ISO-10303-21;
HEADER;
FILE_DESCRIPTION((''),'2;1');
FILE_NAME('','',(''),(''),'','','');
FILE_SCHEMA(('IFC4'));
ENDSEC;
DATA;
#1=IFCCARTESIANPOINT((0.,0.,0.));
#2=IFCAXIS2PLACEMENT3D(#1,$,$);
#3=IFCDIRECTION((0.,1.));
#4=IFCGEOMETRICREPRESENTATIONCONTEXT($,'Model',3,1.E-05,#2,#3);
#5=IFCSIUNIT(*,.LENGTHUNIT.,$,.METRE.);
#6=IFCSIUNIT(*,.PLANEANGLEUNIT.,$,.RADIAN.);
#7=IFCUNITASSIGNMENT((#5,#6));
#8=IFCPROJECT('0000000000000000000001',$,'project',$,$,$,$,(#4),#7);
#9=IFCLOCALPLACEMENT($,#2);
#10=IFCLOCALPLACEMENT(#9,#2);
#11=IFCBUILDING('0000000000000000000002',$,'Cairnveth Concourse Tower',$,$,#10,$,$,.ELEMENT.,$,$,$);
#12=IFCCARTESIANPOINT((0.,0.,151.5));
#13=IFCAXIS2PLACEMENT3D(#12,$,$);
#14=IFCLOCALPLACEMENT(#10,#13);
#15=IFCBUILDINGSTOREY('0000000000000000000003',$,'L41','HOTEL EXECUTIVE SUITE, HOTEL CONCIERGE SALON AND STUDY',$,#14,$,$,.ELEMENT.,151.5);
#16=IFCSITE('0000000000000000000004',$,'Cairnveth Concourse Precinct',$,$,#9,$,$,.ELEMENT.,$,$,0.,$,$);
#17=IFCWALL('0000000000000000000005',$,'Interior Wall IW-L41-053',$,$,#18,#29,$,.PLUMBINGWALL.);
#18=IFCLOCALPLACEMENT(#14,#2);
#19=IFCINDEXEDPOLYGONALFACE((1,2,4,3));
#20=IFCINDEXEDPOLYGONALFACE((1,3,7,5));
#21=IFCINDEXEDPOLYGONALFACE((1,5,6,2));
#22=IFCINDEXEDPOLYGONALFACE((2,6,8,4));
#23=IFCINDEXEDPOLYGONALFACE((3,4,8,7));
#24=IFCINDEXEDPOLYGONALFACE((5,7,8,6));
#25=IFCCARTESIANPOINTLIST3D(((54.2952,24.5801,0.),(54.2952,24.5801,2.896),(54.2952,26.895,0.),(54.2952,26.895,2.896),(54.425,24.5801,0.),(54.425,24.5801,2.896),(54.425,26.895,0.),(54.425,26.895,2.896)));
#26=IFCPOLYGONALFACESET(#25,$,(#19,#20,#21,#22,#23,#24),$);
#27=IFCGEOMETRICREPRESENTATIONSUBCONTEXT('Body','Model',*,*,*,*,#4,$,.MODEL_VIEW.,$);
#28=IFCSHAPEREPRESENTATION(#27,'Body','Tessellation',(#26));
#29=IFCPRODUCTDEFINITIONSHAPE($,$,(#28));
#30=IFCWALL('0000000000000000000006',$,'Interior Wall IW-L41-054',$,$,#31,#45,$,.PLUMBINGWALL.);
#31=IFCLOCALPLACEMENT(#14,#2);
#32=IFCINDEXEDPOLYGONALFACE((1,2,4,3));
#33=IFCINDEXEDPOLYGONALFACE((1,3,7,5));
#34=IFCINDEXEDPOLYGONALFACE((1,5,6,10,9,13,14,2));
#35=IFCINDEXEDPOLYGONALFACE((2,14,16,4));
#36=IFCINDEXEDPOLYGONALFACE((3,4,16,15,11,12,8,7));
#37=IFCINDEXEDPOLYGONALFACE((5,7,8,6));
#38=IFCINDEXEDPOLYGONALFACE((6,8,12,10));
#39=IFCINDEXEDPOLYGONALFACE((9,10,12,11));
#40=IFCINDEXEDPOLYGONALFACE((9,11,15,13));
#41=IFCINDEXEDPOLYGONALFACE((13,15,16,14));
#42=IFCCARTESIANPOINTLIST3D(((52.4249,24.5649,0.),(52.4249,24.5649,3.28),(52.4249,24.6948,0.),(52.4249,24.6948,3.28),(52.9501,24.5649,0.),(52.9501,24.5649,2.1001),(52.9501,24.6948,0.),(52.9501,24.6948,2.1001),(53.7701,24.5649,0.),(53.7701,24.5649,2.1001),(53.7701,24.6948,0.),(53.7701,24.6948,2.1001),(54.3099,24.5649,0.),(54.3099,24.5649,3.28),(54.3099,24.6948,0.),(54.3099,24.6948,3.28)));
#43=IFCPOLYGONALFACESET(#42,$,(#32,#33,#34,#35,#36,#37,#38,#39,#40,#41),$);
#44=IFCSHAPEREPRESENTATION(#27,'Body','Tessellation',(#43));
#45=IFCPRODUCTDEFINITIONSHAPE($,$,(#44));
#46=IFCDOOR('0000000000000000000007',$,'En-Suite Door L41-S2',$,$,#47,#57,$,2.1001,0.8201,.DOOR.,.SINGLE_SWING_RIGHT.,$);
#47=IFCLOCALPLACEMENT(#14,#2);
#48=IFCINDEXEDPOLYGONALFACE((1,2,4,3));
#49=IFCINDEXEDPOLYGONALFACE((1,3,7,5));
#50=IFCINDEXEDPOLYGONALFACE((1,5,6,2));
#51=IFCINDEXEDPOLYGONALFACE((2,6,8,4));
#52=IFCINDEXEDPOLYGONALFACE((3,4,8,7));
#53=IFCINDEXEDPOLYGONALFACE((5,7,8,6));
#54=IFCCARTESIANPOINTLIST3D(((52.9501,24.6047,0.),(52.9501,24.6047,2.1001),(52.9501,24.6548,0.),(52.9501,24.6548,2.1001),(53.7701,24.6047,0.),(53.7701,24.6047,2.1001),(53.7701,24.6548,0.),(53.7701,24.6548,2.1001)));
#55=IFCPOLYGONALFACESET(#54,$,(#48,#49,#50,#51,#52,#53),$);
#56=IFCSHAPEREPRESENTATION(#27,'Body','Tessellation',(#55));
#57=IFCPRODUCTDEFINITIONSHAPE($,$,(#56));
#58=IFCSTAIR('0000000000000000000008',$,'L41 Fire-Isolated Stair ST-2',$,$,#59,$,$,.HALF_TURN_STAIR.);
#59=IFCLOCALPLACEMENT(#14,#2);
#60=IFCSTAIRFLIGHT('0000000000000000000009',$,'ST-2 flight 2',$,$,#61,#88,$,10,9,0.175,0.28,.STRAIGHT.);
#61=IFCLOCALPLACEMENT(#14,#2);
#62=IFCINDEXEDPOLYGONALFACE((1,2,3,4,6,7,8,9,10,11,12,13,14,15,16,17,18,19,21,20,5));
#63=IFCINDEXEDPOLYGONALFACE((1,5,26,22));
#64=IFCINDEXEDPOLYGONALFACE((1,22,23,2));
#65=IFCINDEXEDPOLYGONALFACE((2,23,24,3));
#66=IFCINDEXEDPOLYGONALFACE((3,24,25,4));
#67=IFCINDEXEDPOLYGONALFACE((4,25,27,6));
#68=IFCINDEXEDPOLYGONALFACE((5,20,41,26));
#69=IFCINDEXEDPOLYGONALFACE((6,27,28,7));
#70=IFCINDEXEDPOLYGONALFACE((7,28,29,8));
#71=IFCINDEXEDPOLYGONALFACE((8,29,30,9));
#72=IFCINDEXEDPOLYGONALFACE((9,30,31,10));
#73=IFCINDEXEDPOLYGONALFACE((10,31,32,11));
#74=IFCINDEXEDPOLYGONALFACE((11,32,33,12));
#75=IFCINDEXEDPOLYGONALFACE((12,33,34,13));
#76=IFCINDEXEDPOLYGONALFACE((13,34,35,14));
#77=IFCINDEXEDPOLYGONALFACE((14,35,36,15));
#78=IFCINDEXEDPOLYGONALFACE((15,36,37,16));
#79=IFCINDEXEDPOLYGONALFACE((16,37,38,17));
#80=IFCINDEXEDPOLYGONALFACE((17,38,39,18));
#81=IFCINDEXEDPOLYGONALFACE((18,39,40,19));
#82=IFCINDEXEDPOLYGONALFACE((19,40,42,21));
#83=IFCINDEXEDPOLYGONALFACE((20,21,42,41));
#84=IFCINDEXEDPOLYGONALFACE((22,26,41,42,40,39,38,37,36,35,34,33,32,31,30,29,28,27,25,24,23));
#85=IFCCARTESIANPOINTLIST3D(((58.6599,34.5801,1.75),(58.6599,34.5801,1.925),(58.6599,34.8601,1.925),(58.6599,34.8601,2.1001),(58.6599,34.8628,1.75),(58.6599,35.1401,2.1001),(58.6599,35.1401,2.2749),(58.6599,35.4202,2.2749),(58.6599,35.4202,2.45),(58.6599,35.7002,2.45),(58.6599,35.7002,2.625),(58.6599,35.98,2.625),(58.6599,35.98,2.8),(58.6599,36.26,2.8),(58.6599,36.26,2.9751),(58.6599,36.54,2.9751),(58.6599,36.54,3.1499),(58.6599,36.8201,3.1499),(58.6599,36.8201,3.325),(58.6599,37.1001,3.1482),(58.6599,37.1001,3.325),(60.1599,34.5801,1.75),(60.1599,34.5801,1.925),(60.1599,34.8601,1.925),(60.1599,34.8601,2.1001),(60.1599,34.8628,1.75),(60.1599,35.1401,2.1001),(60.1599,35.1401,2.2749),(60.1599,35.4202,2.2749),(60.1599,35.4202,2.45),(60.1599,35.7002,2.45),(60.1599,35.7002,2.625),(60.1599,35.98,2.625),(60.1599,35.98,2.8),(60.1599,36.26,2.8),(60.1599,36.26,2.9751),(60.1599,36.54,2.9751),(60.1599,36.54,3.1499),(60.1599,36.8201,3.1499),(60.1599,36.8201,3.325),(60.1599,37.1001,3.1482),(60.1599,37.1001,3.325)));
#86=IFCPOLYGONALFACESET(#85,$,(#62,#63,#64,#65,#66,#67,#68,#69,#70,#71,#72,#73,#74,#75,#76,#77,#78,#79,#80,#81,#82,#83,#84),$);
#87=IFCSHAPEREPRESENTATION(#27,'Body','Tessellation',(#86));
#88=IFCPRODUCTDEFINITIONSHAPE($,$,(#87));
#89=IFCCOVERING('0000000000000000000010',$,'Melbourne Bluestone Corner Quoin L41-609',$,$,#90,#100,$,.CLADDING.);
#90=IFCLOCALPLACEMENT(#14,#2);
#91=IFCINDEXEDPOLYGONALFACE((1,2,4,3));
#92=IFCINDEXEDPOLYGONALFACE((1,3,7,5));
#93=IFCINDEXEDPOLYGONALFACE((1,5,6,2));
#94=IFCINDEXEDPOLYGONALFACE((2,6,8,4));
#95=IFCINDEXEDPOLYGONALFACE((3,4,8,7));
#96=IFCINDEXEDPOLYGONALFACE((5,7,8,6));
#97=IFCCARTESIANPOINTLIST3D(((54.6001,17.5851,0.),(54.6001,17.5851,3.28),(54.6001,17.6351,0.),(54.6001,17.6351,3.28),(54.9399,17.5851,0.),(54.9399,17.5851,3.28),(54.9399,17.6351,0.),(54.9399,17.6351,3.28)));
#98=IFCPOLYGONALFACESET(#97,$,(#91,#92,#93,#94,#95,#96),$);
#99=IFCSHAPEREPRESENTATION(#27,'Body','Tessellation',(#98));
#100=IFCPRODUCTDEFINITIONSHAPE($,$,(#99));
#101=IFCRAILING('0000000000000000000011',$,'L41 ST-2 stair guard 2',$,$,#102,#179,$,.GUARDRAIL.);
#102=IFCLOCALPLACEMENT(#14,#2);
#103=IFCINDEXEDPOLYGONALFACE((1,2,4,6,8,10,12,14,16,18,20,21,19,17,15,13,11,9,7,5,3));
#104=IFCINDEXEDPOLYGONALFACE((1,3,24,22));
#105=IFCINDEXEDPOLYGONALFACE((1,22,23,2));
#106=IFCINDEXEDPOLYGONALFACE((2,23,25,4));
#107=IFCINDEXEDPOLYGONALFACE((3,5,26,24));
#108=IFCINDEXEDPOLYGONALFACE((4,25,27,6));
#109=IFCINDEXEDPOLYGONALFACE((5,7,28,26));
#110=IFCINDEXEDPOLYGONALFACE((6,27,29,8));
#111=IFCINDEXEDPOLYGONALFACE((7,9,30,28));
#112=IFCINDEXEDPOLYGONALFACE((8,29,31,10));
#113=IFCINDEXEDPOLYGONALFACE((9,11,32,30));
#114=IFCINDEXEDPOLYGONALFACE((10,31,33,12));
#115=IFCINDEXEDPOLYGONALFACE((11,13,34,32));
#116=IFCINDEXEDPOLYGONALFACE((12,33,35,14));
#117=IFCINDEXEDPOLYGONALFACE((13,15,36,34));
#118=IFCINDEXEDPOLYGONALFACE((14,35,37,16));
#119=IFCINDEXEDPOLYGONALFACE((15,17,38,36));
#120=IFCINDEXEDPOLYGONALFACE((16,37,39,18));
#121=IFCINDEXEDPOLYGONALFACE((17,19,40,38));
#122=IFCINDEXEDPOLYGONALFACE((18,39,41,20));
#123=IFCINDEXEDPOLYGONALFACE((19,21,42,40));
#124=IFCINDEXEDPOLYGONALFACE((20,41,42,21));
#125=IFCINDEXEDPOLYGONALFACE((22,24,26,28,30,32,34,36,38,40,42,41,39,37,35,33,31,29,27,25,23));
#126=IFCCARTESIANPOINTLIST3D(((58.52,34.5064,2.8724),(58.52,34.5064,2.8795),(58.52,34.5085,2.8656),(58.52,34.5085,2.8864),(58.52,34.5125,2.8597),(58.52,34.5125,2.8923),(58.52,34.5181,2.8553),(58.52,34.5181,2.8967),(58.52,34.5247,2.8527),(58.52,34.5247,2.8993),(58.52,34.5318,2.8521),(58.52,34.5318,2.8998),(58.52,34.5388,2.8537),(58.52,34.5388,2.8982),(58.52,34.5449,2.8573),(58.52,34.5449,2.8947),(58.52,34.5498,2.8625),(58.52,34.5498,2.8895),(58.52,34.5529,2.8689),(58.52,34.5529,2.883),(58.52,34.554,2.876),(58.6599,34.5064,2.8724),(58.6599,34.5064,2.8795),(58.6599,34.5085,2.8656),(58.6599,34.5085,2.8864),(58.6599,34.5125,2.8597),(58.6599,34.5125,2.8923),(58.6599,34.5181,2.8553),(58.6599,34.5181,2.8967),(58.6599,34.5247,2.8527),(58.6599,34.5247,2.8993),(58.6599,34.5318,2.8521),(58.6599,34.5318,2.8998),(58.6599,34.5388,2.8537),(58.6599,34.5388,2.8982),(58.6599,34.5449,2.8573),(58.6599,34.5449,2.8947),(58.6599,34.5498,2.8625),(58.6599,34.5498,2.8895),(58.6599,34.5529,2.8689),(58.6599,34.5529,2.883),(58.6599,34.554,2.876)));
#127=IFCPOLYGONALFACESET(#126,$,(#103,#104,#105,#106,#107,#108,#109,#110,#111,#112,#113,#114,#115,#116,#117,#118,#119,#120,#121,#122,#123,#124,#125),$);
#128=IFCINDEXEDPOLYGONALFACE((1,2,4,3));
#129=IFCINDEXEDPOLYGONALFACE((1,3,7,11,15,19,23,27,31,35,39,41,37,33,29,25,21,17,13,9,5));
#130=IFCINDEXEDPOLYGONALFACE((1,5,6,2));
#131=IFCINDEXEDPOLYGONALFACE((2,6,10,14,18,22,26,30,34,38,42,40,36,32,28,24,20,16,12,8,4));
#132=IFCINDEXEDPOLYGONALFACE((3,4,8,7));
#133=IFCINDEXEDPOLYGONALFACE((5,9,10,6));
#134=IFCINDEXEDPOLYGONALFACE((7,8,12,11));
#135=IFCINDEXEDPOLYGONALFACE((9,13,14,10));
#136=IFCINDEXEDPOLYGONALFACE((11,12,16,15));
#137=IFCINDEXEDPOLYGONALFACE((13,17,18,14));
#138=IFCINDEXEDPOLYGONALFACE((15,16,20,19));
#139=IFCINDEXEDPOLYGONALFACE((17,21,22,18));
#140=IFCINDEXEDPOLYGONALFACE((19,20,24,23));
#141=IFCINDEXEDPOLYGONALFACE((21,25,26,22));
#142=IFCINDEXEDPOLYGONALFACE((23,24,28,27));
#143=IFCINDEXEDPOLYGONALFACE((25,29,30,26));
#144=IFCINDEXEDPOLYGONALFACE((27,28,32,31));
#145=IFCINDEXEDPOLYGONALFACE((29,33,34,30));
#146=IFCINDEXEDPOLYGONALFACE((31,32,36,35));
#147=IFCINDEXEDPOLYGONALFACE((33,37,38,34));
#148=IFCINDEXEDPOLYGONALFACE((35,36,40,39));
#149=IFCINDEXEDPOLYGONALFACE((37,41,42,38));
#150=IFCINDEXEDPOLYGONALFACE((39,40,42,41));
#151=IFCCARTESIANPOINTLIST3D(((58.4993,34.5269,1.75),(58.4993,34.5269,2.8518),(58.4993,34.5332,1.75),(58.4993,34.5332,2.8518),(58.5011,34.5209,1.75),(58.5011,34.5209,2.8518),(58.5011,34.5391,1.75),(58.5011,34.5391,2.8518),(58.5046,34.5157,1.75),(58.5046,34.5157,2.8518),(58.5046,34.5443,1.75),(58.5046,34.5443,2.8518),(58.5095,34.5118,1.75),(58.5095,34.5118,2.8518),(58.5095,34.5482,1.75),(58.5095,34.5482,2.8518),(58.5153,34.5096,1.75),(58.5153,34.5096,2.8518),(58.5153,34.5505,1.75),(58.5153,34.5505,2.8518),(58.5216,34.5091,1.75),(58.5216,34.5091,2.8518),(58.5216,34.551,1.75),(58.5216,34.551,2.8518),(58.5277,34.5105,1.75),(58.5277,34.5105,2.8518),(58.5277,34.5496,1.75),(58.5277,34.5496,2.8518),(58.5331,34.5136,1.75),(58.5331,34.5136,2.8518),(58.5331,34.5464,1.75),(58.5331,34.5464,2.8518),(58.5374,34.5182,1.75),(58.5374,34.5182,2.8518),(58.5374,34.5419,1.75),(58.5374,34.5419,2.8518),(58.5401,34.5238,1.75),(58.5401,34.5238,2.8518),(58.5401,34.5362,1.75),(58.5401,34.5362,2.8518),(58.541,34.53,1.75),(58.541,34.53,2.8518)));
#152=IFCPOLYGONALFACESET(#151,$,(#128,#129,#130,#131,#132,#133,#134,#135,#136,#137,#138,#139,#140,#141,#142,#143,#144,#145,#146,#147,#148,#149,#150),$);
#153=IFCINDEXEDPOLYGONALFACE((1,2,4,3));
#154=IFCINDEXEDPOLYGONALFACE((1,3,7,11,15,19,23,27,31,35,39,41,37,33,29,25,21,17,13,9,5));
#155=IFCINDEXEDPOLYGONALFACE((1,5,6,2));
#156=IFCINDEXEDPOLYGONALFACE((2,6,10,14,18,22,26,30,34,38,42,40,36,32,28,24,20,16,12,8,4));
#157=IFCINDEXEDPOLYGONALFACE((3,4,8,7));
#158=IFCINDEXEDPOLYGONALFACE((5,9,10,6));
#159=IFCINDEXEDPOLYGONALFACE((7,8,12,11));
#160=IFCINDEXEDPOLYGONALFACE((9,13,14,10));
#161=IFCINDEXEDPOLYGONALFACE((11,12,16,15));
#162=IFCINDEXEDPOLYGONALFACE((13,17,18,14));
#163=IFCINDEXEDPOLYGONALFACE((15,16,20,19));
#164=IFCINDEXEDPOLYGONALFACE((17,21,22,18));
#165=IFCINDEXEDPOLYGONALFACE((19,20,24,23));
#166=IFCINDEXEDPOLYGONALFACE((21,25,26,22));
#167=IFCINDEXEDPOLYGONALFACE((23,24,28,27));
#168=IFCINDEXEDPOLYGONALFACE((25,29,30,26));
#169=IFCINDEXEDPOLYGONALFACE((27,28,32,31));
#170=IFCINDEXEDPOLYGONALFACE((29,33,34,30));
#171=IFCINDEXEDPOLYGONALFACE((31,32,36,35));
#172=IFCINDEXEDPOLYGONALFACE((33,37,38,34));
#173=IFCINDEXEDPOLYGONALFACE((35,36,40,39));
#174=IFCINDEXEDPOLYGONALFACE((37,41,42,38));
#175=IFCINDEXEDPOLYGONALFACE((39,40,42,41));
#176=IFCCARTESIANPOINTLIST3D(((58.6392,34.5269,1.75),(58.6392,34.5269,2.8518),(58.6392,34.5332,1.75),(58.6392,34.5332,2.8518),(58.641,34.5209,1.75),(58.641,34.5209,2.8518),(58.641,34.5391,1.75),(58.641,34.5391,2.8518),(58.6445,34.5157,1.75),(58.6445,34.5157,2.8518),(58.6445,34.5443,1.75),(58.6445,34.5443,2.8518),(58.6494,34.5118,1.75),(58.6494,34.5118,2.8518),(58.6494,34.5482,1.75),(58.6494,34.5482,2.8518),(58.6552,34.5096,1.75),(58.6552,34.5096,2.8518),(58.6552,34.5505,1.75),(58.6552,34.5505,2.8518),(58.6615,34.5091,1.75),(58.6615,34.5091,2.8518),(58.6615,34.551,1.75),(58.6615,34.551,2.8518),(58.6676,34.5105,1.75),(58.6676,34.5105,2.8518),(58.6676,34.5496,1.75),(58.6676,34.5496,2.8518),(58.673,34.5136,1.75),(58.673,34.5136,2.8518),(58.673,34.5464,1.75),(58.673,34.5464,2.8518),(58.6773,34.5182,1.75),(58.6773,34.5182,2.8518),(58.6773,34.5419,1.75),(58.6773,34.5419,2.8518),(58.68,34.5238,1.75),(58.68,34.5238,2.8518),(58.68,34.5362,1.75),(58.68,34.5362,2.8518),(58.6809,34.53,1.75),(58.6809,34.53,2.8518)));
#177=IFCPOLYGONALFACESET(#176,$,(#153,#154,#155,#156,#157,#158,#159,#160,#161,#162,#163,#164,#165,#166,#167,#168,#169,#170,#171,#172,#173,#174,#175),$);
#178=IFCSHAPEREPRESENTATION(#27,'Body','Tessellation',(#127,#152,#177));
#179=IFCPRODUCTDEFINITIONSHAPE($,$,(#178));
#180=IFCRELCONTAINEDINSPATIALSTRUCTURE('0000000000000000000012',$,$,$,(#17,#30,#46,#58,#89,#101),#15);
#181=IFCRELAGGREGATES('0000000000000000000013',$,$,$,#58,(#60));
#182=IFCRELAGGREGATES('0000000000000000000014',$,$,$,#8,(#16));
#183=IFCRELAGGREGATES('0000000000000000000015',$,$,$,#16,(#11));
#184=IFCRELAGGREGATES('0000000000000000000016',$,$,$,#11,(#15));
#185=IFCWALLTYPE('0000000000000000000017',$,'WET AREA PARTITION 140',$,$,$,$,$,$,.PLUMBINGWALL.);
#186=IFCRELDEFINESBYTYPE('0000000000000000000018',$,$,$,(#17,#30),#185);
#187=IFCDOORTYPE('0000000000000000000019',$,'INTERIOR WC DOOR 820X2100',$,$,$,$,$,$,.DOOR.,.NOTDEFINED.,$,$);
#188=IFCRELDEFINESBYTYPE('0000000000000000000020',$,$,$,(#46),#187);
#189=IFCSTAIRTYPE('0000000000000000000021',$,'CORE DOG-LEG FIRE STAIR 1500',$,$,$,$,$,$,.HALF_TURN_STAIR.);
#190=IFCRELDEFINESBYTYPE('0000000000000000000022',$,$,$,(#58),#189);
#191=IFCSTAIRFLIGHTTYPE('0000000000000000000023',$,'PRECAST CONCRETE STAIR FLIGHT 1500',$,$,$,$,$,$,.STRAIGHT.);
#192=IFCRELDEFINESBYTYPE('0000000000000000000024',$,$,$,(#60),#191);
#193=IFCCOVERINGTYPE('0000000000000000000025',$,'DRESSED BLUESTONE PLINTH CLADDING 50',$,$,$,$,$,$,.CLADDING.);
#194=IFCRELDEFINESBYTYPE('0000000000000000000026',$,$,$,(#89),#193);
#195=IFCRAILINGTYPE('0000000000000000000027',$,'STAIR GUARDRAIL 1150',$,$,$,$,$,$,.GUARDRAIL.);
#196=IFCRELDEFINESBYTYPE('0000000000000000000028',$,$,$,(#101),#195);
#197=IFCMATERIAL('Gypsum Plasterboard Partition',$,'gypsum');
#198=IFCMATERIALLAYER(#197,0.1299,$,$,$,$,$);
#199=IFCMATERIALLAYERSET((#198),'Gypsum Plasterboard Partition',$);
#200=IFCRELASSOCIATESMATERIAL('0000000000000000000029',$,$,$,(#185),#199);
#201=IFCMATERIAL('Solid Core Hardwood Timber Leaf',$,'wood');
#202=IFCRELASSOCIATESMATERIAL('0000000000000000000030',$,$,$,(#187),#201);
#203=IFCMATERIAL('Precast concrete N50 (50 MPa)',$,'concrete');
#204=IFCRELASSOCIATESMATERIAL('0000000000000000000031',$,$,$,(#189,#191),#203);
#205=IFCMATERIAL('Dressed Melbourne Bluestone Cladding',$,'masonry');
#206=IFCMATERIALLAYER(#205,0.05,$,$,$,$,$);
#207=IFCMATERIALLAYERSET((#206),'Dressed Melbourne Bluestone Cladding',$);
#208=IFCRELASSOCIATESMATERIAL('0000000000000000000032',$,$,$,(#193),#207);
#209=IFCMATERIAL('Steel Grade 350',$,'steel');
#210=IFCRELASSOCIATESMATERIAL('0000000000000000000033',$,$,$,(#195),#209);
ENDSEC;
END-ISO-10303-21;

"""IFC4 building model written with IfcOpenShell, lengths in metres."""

from ifc_helpers import new_model, si_unit, direction, frame, frame_2d, origin, origin_2d, place, context, subcontext, project, spatial, polyline, rectangle, circle, outline, extrude, material, layer, layer_set, type_object, element, fill, aggregate, save


model = new_model("IFC4")

# Units and contexts
model_context = context("Model", 3, precision=1e-05, world=origin(), true_north=direction((0.0, 1.0)))
body_context = subcontext(model_context, "Body", "Model", "MODEL_VIEW")
ifc_project = project(units=[si_unit("LENGTHUNIT", "METRE"), si_unit("PLANEANGLEUNIT", "RADIAN")], contexts=[model_context])

# Site, building, storey
site_placement = place(None, origin())
site = spatial("IfcSite", under=ifc_project, at=site_placement, Name="Cairnveth Concourse Precinct", CompositionType="ELEMENT", RefElevation=0.0)
building_placement = place(site_placement, origin())
building = spatial("IfcBuilding", under=site, at=building_placement, Name="Cairnveth Concourse Tower", CompositionType="ELEMENT")
storey_placement = place(building_placement, frame((0.0, 0.0, 151.5)))
storey = spatial("IfcBuildingStorey", under=building, at=storey_placement, Name="L41", Description="HOTEL EXECUTIVE SUITE, HOTEL CONCIERGE SALON AND STUDY", CompositionType="ELEMENT", Elevation=151.5)

# Shared definitions
ifc_material_1 = material(Name="Steel Grade 350", Category="steel")

# Wall
ifc_material_2 = material(Name="Gypsum Plasterboard Partition", Category="gypsum")
ifc_layer_1 = layer(ifc_material_2, 0.1299)
ifc_layer_set_1 = layer_set([ifc_layer_1], Name="Gypsum Plasterboard Partition")
wall_type_1 = type_object("IfcWallType", Name="WET AREA PARTITION 140", PredefinedType="PLUMBINGWALL", material=ifc_layer_set_1)
wall_1_placement = place(storey_placement, frame((54.3601, 24.5801, 0.0), z_axis=(0.0, 0.0, 1.0), x_axis=(0.0, 1.0, 0.0)))
element("IfcWall", 1, at=wall_1_placement, inside=storey, type_object=wall_type_1, Name="Interior Wall IW-L41-053", PredefinedType="PLUMBINGWALL", context=body_context, shape_type="SweptSolid", body=[
    extrude(rectangle(XDim=2.3149, YDim=0.1299, at=frame_2d((1.1575, 0.0))), origin(), (0.0, 0.0, 1.0), 2.896),
])

# Wall, opening, door
wall_2_placement = place(storey_placement, frame((52.425, 24.6299, 0.0), z_axis=(0.0, 0.0, 1.0), x_axis=(1.0, 0.0, 0.0)))
wall_2 = element("IfcWall", 2, at=wall_2_placement, inside=storey, type_object=wall_type_1, Name="Interior Wall IW-L41-054", PredefinedType="PLUMBINGWALL", context=body_context, shape_type="SweptSolid", body=[
    extrude(rectangle(XDim=1.885, YDim=0.1299, at=frame_2d((0.9424, 0.0))), origin(), (0.0, 0.0, 1.0), 3.28),
])
opening_1_placement = place(wall_2_placement, frame((0.5249, 0.0, 0.0)))
opening_1 = element("IfcOpeningElement", 3, at=opening_1_placement, cuts=wall_2, PredefinedType="OPENING", context=body_context, shape_type="SweptSolid", body=[
    extrude(rectangle(XDim=0.8201, YDim=2.1001, at=frame_2d((0.4102, 1.05))), frame((0.0, 0.075, 0.0), z_axis=(0.0, -1.0, 0.0), x_axis=(1.0, 0.0, 0.0)), (0.0, 0.0, 1.0), 0.1499),
])
ifc_material_3 = material(Name="Solid Core Hardwood Timber Leaf", Category="wood")
door_type_1 = type_object("IfcDoorType", Name="INTERIOR WC DOOR 820X2100", OperationType="NOTDEFINED", PredefinedType="DOOR", material=ifc_material_3)
door_1_placement = place(opening_1_placement, origin())
door_1 = element("IfcDoor", 4, at=door_1_placement, inside=storey, type_object=door_type_1, Name="En-Suite Door L41-S2", OperationType="SINGLE_SWING_RIGHT", OverallHeight=2.1001, OverallWidth=0.8201, PredefinedType="DOOR", context=body_context, shape_type="SweptSolid", body=[
    extrude(rectangle(XDim=0.8201, YDim=2.1001, at=frame_2d((0.4102, 1.05))), frame((0.0, 0.0249, 0.0), z_axis=(0.0, -1.0, 0.0), x_axis=(1.0, 0.0, 0.0)), (0.0, 0.0, 1.0), 0.05),
])
fill(opening_1, door_1)

# Stair, stair flight
ifc_material_4 = material(Name="Precast concrete N50 (50 MPa)", Category="concrete")
stair_type = type_object("IfcStairType", Name="CORE DOG-LEG FIRE STAIR 1500", PredefinedType="HALF_TURN_STAIR", material=ifc_material_4)
stair_placement = place(storey_placement, origin())
stair = element("IfcStair", 5, at=stair_placement, inside=storey, type_object=stair_type, Name="L41 Fire-Isolated Stair ST-2", PredefinedType="HALF_TURN_STAIR")
stair_flight_type = type_object("IfcStairFlightType", Name="PRECAST CONCRETE STAIR FLIGHT 1500", PredefinedType="STRAIGHT", material=ifc_material_4)
stair_flight_placement = place(storey_placement, frame((59.4099, 34.5801, 1.75), z_axis=(0.0, 0.0, 1.0), x_axis=(0.0, 1.0, 0.0)))
stair_flight = element("IfcStairFlight", 6, at=stair_flight_placement, type_object=stair_flight_type, Name="ST-2 flight 2", NumberOfRisers=10, NumberOfTreads=9, PredefinedType="STRAIGHT", RiserHeight=0.175, TreadLength=0.28, context=body_context, shape_type="SweptSolid", body=[
    extrude(outline(polyline([(0.0, 0.0), (0.0, 0.175), (0.28, 0.175), (0.28, 0.3501), (0.5601, 0.3501), (0.5601, 0.5249), (0.8401, 0.5249), (0.8401, 0.7), (1.1201, 0.7), (1.1201, 0.875), (1.3999, 0.875), (1.3999, 1.05), (1.6799, 1.05), (1.6799, 1.2251), (1.96, 1.2251), (1.96, 1.3999), (2.24, 1.3999), (2.24, 1.575), (2.52, 1.575), (2.52, 1.75), (2.52, 1.3982), (0.2827, 0.0), (0.0, 0.0)])), frame((0.0, 0.75, 0.0), z_axis=(0.0, -1.0, 0.0), x_axis=(1.0, 0.0, 0.0)), (0.0, 0.0, 1.0), 1.5),
])
aggregate(stair, [stair_flight])

# Covering
ifc_material_5 = material(Name="Dressed Melbourne Bluestone Cladding", Category="masonry")
ifc_layer_2 = layer(ifc_material_5, 0.05)
ifc_layer_set_2 = layer_set([ifc_layer_2], Name="Dressed Melbourne Bluestone Cladding")
covering_type = type_object("IfcCoveringType", Name="DRESSED BLUESTONE PLINTH CLADDING 50", PredefinedType="CLADDING", material=ifc_layer_set_2)
covering_placement = place(storey_placement, frame((54.9399, 17.6101, 0.0), z_axis=(0.0, 0.0, 1.0), x_axis=(-1.0, 0.0, 0.0)))
element("IfcCovering", 7, at=covering_placement, inside=storey, type_object=covering_type, Name="Melbourne Bluestone Corner Quoin L41-609", PredefinedType="CLADDING", context=body_context, shape_type="SweptSolid", body=[
    extrude(rectangle(XDim=0.3398, YDim=0.05, at=frame_2d((0.1699, 0.0))), origin(), (0.0, 0.0, 1.0), 3.28),
])

# Railing
railing_type = type_object("IfcRailingType", Name="STAIR GUARDRAIL 1150", PredefinedType="GUARDRAIL", material=ifc_material_1)
railing_1_placement = place(storey_placement, frame((58.52, 34.53, 1.75)))
element("IfcRailing", 8, at=railing_1_placement, inside=storey, type_object=railing_type, Name="L41 ST-2 stair guard 2", PredefinedType="GUARDRAIL", context=body_context, shape_type="SweptSolid", body=[
    extrude(circle(Radius=0.0239, at=origin_2d()), frame((0.0, 0.0, 1.126), z_axis=(1.0, 0.0, 0.0), x_axis=(0.0, 1.0, 0.0)), (0.0, 0.0, 1.0), 0.1399),
    extrude(circle(Radius=0.021, at=origin_2d()), origin(), (0.0, 0.0, 1.0), 1.1018),
    extrude(circle(Radius=0.021, at=origin_2d()), frame((0.1399, 0.0, 0.0)), (0.0, 0.0, 1.0), 1.1018),
])

save(model, "model.ifc")
